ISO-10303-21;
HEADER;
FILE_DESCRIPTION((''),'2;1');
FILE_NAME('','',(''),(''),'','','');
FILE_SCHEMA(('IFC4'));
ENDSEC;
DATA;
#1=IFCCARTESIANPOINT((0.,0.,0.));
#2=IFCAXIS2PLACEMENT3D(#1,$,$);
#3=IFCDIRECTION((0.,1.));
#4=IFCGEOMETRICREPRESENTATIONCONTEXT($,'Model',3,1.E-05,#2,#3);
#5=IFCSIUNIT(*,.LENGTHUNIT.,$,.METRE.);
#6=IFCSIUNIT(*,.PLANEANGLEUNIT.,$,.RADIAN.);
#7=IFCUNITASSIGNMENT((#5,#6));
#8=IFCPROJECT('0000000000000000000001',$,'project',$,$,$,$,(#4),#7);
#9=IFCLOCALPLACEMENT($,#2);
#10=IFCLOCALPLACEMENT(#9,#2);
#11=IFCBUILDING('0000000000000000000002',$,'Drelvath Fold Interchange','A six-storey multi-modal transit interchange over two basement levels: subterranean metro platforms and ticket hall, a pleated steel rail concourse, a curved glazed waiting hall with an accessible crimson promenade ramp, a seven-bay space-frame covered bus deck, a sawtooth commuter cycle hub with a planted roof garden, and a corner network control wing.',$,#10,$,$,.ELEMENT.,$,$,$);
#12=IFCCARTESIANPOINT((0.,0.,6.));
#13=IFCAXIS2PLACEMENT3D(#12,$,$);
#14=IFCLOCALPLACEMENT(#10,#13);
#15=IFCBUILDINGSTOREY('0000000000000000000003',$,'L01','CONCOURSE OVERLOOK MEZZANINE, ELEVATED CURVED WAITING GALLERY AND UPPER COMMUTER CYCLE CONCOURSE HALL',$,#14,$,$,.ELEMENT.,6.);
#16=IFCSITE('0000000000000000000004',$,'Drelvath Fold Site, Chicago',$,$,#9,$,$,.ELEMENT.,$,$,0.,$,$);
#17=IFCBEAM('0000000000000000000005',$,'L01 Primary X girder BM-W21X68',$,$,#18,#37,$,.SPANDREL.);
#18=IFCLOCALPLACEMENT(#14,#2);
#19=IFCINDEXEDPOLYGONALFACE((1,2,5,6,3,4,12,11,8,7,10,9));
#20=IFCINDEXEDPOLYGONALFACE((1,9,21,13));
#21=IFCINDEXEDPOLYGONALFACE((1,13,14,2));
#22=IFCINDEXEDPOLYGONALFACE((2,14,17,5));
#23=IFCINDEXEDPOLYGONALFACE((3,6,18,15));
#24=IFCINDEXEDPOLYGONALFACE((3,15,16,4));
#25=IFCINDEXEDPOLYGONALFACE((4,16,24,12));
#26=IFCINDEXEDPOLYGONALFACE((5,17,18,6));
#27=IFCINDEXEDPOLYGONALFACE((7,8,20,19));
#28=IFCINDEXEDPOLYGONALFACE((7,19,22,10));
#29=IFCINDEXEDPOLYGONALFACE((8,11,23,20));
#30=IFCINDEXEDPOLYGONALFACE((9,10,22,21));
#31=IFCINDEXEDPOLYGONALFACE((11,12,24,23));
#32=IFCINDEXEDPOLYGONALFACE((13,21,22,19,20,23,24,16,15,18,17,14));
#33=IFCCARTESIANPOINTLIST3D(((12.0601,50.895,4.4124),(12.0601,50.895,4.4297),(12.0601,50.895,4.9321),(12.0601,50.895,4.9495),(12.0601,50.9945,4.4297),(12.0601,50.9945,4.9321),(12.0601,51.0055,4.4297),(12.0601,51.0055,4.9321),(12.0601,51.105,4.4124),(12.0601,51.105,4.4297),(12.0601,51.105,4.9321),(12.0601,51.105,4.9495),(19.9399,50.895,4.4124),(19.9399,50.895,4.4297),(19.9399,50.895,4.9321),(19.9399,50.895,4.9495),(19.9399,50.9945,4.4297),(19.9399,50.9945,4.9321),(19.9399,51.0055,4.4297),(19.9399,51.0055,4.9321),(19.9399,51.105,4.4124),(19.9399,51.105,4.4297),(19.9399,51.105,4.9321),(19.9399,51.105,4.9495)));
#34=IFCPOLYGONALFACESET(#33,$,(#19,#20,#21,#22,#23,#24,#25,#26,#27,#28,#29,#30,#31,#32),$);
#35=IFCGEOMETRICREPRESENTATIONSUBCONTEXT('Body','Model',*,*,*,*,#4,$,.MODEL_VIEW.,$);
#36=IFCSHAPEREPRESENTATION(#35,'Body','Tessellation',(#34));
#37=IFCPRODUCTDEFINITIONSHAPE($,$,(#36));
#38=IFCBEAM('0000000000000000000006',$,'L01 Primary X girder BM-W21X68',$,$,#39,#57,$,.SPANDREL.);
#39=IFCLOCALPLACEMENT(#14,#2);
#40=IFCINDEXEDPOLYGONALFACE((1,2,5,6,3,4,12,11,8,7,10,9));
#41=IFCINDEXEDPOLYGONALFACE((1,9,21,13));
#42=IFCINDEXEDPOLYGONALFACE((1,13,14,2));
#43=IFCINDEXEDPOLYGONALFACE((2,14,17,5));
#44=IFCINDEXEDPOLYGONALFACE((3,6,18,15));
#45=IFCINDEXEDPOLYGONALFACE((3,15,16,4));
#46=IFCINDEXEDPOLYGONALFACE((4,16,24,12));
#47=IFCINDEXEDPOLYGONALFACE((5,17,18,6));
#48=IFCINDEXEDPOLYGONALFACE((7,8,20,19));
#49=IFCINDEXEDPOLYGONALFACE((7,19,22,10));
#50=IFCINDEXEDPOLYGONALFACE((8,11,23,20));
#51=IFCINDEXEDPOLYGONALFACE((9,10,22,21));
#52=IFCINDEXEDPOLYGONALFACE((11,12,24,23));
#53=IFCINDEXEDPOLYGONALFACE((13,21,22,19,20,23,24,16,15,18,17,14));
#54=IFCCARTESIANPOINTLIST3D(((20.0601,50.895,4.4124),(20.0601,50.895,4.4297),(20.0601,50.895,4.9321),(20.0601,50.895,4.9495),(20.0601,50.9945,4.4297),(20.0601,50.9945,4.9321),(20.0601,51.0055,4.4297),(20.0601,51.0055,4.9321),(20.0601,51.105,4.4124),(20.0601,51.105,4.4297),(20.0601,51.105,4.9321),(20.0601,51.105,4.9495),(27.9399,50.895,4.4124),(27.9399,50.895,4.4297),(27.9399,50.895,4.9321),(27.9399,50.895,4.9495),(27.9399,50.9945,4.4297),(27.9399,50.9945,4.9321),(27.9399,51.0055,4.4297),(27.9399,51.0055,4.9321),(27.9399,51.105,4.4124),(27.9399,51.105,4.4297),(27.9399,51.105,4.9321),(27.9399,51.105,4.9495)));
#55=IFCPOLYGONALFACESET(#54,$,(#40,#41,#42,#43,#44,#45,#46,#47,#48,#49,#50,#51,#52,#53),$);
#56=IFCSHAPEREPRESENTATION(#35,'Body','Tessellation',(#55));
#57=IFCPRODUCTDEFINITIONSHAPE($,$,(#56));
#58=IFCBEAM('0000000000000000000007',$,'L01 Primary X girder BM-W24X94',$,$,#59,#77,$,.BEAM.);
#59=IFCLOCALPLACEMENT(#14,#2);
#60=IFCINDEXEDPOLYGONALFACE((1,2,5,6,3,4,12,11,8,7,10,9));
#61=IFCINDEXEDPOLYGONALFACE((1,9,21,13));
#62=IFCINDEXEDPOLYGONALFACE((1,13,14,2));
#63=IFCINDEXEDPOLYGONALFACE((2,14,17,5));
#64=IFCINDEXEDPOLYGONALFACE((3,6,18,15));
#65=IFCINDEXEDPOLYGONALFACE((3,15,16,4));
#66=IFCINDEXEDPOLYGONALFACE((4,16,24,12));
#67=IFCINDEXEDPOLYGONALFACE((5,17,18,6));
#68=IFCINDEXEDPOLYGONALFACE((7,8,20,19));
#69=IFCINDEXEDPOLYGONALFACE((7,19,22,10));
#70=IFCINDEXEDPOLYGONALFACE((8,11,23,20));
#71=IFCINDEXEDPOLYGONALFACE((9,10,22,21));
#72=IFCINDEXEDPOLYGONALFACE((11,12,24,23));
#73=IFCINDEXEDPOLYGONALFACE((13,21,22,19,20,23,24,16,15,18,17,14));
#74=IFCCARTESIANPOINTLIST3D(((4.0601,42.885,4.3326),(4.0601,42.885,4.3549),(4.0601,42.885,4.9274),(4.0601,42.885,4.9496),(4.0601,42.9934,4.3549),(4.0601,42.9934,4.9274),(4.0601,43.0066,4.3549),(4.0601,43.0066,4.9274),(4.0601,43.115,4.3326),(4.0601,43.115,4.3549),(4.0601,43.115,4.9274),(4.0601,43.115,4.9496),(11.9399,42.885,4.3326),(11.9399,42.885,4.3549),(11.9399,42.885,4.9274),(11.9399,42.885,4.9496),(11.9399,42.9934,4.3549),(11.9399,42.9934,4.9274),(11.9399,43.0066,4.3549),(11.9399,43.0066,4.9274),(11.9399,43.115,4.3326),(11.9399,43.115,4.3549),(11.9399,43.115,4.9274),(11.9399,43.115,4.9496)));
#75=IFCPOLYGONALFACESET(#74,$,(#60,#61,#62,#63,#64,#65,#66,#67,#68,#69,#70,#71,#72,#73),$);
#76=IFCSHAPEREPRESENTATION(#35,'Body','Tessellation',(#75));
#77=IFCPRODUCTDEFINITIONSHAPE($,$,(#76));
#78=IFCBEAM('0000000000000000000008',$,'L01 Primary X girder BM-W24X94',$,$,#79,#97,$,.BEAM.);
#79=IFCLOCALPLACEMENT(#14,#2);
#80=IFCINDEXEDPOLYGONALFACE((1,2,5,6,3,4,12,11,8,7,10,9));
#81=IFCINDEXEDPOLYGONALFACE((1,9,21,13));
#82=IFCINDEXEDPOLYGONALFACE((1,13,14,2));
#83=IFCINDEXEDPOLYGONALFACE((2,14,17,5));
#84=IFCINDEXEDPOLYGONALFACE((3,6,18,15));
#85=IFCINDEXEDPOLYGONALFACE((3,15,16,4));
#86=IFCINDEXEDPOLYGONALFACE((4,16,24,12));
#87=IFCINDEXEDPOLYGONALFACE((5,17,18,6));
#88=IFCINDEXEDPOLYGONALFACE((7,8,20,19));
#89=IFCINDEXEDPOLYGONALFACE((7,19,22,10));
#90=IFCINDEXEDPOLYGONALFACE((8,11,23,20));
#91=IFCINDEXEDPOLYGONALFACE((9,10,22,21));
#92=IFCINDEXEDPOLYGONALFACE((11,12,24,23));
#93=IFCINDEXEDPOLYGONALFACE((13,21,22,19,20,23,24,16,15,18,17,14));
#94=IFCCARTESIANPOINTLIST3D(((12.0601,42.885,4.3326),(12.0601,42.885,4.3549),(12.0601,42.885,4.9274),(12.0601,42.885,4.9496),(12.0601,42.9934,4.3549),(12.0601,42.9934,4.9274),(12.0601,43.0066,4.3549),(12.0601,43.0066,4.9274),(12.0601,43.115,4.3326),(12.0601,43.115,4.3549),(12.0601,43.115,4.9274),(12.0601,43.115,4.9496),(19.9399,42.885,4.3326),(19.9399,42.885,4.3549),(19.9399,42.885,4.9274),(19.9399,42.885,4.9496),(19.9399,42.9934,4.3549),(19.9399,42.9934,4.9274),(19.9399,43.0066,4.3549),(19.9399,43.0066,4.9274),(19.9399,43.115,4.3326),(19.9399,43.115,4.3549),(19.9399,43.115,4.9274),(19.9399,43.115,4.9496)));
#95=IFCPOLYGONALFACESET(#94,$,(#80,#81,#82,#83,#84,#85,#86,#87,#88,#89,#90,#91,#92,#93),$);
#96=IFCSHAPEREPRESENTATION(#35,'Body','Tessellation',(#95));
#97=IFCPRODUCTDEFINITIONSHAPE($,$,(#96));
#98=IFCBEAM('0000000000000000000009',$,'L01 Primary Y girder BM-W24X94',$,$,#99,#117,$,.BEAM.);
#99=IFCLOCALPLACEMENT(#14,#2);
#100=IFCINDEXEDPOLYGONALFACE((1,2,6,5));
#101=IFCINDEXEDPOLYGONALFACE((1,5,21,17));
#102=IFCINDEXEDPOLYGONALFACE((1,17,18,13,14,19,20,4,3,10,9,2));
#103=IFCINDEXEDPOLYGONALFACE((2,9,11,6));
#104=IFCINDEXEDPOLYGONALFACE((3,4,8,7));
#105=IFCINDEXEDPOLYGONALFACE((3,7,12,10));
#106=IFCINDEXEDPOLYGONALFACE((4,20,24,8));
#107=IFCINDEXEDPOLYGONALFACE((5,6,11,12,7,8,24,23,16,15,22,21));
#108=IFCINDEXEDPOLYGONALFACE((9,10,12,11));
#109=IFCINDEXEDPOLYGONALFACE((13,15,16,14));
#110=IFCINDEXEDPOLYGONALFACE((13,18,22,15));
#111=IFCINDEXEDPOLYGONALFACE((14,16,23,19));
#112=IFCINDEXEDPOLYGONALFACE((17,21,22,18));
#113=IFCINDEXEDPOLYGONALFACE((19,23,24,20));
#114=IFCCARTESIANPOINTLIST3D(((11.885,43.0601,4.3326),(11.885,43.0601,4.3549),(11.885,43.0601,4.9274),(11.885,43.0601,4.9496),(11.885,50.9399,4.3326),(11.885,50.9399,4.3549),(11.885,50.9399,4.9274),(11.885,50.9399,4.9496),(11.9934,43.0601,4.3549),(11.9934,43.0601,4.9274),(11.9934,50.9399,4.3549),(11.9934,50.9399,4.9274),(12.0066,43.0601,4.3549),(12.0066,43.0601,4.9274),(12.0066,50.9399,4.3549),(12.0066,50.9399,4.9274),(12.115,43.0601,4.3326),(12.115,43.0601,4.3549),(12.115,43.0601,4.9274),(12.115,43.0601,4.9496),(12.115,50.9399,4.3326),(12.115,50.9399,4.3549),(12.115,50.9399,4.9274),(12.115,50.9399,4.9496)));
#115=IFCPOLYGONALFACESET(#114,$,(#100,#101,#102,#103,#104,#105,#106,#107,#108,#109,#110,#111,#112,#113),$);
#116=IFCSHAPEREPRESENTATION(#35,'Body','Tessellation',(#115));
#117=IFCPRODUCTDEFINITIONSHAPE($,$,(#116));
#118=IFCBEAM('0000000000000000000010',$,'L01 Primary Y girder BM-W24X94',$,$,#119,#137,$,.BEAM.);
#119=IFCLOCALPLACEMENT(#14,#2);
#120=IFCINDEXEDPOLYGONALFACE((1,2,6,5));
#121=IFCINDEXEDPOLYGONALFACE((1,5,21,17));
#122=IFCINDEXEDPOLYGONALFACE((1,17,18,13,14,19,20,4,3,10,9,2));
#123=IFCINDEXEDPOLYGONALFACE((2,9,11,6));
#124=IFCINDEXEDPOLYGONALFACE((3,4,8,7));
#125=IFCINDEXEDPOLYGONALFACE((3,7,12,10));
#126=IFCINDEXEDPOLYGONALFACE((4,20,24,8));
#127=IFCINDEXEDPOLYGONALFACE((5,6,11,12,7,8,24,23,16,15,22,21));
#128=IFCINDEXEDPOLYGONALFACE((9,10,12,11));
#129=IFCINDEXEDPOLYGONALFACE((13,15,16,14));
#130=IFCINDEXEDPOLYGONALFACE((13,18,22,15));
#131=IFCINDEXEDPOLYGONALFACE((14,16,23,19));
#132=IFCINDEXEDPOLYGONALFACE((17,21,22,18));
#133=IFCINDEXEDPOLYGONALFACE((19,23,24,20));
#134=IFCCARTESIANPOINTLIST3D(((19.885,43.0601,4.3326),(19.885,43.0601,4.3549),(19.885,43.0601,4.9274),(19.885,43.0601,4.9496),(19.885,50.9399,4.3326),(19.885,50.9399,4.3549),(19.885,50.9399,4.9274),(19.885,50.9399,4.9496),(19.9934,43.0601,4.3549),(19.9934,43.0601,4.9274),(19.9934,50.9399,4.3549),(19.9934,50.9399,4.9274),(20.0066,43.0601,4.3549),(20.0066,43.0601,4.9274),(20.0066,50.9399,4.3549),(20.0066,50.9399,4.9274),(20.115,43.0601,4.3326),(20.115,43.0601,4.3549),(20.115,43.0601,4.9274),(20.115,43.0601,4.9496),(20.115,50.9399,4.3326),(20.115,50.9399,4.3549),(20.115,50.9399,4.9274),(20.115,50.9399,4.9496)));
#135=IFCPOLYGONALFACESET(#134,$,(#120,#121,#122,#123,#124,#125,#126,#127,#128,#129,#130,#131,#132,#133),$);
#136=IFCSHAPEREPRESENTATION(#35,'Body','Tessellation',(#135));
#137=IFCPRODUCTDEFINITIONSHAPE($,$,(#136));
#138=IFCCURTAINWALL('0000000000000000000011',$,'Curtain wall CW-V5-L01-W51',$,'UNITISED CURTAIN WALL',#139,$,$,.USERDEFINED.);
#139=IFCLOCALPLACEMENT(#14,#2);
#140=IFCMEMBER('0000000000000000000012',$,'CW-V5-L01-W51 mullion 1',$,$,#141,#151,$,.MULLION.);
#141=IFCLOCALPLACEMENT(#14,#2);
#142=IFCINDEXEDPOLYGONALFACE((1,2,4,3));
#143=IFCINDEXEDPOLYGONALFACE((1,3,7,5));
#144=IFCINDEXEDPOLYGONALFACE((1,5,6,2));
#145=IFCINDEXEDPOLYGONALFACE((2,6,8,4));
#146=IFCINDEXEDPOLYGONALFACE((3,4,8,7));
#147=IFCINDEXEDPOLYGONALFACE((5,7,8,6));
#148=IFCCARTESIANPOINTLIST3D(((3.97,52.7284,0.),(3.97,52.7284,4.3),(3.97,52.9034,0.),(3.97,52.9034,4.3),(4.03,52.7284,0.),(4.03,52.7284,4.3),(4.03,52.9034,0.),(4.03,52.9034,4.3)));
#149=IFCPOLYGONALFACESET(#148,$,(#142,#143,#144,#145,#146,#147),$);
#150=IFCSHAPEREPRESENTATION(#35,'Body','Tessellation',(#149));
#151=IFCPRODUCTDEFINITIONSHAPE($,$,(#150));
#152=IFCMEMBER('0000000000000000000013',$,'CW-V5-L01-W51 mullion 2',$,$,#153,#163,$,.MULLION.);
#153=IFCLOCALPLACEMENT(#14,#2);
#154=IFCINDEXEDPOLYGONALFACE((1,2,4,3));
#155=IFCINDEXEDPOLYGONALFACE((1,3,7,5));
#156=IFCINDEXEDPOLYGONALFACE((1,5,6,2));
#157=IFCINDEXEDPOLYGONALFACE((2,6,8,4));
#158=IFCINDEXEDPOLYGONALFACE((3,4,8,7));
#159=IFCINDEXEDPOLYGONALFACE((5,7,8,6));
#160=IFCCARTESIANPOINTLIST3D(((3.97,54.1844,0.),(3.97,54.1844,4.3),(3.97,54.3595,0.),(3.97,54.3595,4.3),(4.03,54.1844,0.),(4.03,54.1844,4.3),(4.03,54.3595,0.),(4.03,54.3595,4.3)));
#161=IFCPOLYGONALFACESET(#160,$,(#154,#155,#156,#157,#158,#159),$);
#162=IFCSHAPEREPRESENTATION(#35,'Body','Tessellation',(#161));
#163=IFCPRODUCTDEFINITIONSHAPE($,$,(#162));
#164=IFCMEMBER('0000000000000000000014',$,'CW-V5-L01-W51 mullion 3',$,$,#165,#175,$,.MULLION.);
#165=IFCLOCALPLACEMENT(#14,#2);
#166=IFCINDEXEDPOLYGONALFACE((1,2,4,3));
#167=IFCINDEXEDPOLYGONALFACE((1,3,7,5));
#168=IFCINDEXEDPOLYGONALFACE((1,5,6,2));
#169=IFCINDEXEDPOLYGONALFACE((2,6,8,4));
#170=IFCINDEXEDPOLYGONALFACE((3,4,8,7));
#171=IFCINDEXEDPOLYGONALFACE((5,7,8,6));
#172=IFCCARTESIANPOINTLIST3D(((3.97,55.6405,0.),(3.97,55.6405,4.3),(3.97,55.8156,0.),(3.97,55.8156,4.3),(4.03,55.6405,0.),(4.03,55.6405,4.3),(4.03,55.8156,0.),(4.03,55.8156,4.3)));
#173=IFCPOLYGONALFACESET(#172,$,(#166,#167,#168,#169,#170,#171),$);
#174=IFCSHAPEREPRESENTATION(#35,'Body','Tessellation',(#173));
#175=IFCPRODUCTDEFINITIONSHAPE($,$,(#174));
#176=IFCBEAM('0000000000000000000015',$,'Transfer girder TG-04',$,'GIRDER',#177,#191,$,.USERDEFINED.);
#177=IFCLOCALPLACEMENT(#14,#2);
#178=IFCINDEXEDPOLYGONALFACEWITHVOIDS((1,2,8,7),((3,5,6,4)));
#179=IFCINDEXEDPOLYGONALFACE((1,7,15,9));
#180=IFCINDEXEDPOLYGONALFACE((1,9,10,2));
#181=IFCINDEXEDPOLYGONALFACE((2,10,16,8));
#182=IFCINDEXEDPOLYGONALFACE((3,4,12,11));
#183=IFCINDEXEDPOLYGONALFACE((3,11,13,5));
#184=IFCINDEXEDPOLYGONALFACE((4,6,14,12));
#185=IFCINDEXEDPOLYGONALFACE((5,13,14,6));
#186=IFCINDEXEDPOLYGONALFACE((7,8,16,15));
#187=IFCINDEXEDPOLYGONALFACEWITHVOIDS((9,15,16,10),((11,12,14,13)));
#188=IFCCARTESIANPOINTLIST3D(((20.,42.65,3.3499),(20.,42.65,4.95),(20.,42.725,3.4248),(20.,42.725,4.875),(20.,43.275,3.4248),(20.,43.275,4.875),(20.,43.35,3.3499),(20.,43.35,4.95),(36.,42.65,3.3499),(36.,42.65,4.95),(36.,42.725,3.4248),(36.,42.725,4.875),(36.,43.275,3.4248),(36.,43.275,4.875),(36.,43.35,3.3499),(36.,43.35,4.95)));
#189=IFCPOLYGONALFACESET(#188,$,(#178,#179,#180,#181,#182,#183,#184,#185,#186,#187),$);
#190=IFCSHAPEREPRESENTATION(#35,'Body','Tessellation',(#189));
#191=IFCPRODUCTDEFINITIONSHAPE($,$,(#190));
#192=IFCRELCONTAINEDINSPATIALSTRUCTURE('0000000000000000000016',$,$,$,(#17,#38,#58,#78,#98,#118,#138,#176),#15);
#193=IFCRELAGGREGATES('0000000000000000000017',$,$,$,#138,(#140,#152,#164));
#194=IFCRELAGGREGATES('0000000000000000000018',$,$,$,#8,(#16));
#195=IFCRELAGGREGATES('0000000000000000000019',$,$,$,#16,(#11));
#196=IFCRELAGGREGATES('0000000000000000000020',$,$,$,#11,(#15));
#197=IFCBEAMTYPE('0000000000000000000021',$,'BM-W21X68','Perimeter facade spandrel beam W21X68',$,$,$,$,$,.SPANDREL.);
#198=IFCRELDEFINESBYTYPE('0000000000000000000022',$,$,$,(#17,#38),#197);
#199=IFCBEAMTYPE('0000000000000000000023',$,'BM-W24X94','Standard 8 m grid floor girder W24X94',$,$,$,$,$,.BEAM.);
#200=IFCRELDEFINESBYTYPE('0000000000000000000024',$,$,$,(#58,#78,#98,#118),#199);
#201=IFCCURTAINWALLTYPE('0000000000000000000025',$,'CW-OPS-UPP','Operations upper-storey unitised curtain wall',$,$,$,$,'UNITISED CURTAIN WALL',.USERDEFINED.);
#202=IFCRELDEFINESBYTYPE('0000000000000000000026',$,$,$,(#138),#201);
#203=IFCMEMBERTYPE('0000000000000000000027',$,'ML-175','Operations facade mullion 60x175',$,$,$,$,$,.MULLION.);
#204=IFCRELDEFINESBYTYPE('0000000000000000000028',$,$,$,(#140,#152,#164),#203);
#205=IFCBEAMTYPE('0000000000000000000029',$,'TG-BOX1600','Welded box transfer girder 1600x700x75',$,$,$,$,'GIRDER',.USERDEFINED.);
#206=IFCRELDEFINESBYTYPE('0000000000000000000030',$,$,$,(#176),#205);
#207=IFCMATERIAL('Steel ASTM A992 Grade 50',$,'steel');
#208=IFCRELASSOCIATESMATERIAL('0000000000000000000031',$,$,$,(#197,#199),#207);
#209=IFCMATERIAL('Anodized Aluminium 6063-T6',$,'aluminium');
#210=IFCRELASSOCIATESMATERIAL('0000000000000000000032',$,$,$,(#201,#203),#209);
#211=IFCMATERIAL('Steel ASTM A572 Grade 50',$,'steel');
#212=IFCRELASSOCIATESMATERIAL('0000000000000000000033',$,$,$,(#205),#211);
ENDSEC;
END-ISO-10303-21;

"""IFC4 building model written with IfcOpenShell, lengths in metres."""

from ifc_helpers import new_model, si_unit, direction, frame, origin, origin_2d, place, context, subcontext, project, spatial, rectangle, hollow_rectangle, i_section, extrude, material, material_profile, profile_set, type_object, element, aggregate, save


model = new_model("IFC4")

# Units and contexts
model_context = context("Model", 3, precision=1e-05, world=origin(), true_north=direction((0.0, 1.0)))
body_context = subcontext(model_context, "Body", "Model", "MODEL_VIEW")
ifc_project = project(units=[si_unit("LENGTHUNIT", "METRE"), si_unit("PLANEANGLEUNIT", "RADIAN")], contexts=[model_context])

# Site, building, storey
site_placement = place(None, origin())
site = spatial("IfcSite", under=ifc_project, at=site_placement, Name="Drelvath Fold Site, Chicago", CompositionType="ELEMENT", RefElevation=0.0)
building_placement = place(site_placement, origin())
building = spatial("IfcBuilding", under=site, at=building_placement, Name="Drelvath Fold Interchange", Description="A six-storey multi-modal transit interchange over two basement levels: subterranean metro platforms and ticket hall, a pleated steel rail concourse, a curved glazed waiting hall with an accessible crimson promenade ramp, a seven-bay space-frame covered bus deck, a sawtooth commuter cycle hub with a planted roof garden, and a corner network control wing.", CompositionType="ELEMENT")
storey_placement = place(building_placement, frame((0.0, 0.0, 6.0)))
storey = spatial("IfcBuildingStorey", under=building, at=storey_placement, Name="L01", Description="CONCOURSE OVERLOOK MEZZANINE, ELEVATED CURVED WAITING GALLERY AND UPPER COMMUTER CYCLE CONCOURSE HALL", CompositionType="ELEMENT", Elevation=6.0)

# Shared definitions
ifc_material_1 = material(Name="Steel ASTM A992 Grade 50", Category="steel")

# Beams
ifc_material_profile_1 = material_profile(ifc_material_1, i_section(OverallWidth=0.21, OverallDepth=0.5371, WebThickness=0.011, FlangeThickness=0.0173, at=origin_2d()), Name="W21X68")
ifc_profile_set_1 = profile_set([ifc_material_profile_1], Name="Steel ASTM A992 Grade 50")
beam_type_1 = type_object("IfcBeamType", Name="BM-W21X68", Description="Perimeter facade spandrel beam W21X68", PredefinedType="SPANDREL", material=ifc_profile_set_1)
for number, where, z_axis, x_axis, name in (
    (1, (12.0601, 51.0, 4.6809), (1.0, 0.0, 0.0), (0.0, 1.0, 0.0), "L01 Primary X girder BM-W21X68"),
    (2, (20.0601, 51.0, 4.6809), (1.0, 0.0, 0.0), (0.0, 1.0, 0.0), "L01 Primary X girder BM-W21X68"),
):
    element("IfcBeam", number, at=place(storey_placement, frame(where, z_axis=z_axis, x_axis=x_axis)), inside=storey, type_object=beam_type_1, Name=name, PredefinedType="SPANDREL", context=body_context, shape_type="SweptSolid", body=[
        extrude(i_section(OverallWidth=0.21, OverallDepth=0.5371, WebThickness=0.011, FlangeThickness=0.0173, at=origin_2d()), origin(), (0.0, 0.0, 1.0), 7.8799),
    ])
ifc_material_profile_2 = material_profile(ifc_material_1, i_section(OverallWidth=0.23, OverallDepth=0.6169, WebThickness=0.0132, FlangeThickness=0.0222, at=origin_2d()), Name="W24X94")
ifc_profile_set_2 = profile_set([ifc_material_profile_2], Name="Steel ASTM A992 Grade 50")
beam_type_2 = type_object("IfcBeamType", Name="BM-W24X94", Description="Standard 8 m grid floor girder W24X94", PredefinedType="BEAM", material=ifc_profile_set_2)
for number, where, z_axis, x_axis, name in (
    (3, (4.0601, 43.0, 4.6411), (1.0, 0.0, 0.0), (0.0, 1.0, 0.0), "L01 Primary X girder BM-W24X94"),
    (4, (12.0601, 43.0, 4.6411), (1.0, 0.0, 0.0), (0.0, 1.0, 0.0), "L01 Primary X girder BM-W24X94"),
    (5, (12.0, 43.0601, 4.6411), (0.0, 1.0, 0.0), (-1.0, 0.0, 0.0), "L01 Primary Y girder BM-W24X94"),
    (6, (20.0, 43.0601, 4.6411), (0.0, 1.0, 0.0), (-1.0, 0.0, 0.0), "L01 Primary Y girder BM-W24X94"),
):
    element("IfcBeam", number, at=place(storey_placement, frame(where, z_axis=z_axis, x_axis=x_axis)), inside=storey, type_object=beam_type_2, Name=name, PredefinedType="BEAM", context=body_context, shape_type="SweptSolid", body=[
        extrude(i_section(OverallWidth=0.23, OverallDepth=0.6169, WebThickness=0.0132, FlangeThickness=0.0222, at=origin_2d()), origin(), (0.0, 0.0, 1.0), 7.8799),
    ])

# Curtain wall, members
ifc_material_2 = material(Name="Anodized Aluminium 6063-T6", Category="aluminium")
curtain_wall_type = type_object("IfcCurtainWallType", Name="CW-OPS-UPP", Description="Operations upper-storey unitised curtain wall", ElementType="UNITISED CURTAIN WALL", PredefinedType="USERDEFINED", material=ifc_material_2)
curtain_wall_placement = place(storey_placement, origin())
curtain_wall = element("IfcCurtainWall", 7, at=curtain_wall_placement, inside=storey, type_object=curtain_wall_type, Name="Curtain wall CW-V5-L01-W51", ObjectType="UNITISED CURTAIN WALL", PredefinedType="USERDEFINED")
ifc_material_profile_3 = material_profile(ifc_material_2, rectangle(XDim=0.0601, YDim=0.175, at=origin_2d()), Name="AL-M 60x175")
ifc_profile_set_3 = profile_set([ifc_material_profile_3], Name="Anodized Aluminium 6063-T6")
member_type = type_object("IfcMemberType", Name="ML-175", Description="Operations facade mullion 60x175", PredefinedType="MULLION", material=ifc_profile_set_3)
member_1_placement = place(storey_placement, frame((4.0, 52.8159, 0.0), z_axis=(0.0, 0.0, 1.0), x_axis=(1.0, 0.0, 0.0)))
member_1 = element("IfcMember", 8, at=member_1_placement, type_object=member_type, Name="CW-V5-L01-W51 mullion 1", PredefinedType="MULLION", context=body_context, shape_type="SweptSolid", body=[
    extrude(rectangle(XDim=0.0601, YDim=0.175, at=origin_2d()), origin(), (0.0, 0.0, 1.0), 4.3),
])
member_2_placement = place(storey_placement, frame((4.0, 54.272, 0.0), z_axis=(0.0, 0.0, 1.0), x_axis=(1.0, 0.0, 0.0)))
member_2 = element("IfcMember", 9, at=member_2_placement, type_object=member_type, Name="CW-V5-L01-W51 mullion 2", PredefinedType="MULLION", context=body_context, shape_type="SweptSolid", body=[
    extrude(rectangle(XDim=0.0601, YDim=0.175, at=origin_2d()), origin(), (0.0, 0.0, 1.0), 4.3),
])
member_3_placement = place(storey_placement, frame((4.0, 55.728, 0.0), z_axis=(0.0, 0.0, 1.0), x_axis=(1.0, 0.0, 0.0)))
member_3 = element("IfcMember", 10, at=member_3_placement, type_object=member_type, Name="CW-V5-L01-W51 mullion 3", PredefinedType="MULLION", context=body_context, shape_type="SweptSolid", body=[
    extrude(rectangle(XDim=0.0601, YDim=0.175, at=origin_2d()), origin(), (0.0, 0.0, 1.0), 4.3),
])

# Beam
ifc_material_3 = material(Name="Steel ASTM A572 Grade 50", Category="steel")
ifc_material_profile_4 = material_profile(ifc_material_3, hollow_rectangle(XDim=0.7, YDim=1.6001, WallThickness=0.075, at=origin_2d()), Name="BOX 1600x700x75")
ifc_profile_set_4 = profile_set([ifc_material_profile_4], Name="Steel ASTM A572 Grade 50")
beam_type_3 = type_object("IfcBeamType", Name="TG-BOX1600", Description="Welded box transfer girder 1600x700x75", ElementType="GIRDER", PredefinedType="USERDEFINED", material=ifc_profile_set_4)
beam_placement = place(storey_placement, frame((20.0, 43.0, 4.1499), z_axis=(1.0, 0.0, 0.0), x_axis=(0.0, 1.0, 0.0)))
element("IfcBeam", 11, at=beam_placement, inside=storey, type_object=beam_type_3, Name="Transfer girder TG-04", ObjectType="GIRDER", PredefinedType="USERDEFINED", context=body_context, shape_type="SweptSolid", body=[
    extrude(hollow_rectangle(XDim=0.7, YDim=1.6001, WallThickness=0.075, at=origin_2d()), origin(), (0.0, 0.0, 1.0), 16.0),
])

aggregate(curtain_wall, [member_1, member_2, member_3])

save(model, "model.ifc")
